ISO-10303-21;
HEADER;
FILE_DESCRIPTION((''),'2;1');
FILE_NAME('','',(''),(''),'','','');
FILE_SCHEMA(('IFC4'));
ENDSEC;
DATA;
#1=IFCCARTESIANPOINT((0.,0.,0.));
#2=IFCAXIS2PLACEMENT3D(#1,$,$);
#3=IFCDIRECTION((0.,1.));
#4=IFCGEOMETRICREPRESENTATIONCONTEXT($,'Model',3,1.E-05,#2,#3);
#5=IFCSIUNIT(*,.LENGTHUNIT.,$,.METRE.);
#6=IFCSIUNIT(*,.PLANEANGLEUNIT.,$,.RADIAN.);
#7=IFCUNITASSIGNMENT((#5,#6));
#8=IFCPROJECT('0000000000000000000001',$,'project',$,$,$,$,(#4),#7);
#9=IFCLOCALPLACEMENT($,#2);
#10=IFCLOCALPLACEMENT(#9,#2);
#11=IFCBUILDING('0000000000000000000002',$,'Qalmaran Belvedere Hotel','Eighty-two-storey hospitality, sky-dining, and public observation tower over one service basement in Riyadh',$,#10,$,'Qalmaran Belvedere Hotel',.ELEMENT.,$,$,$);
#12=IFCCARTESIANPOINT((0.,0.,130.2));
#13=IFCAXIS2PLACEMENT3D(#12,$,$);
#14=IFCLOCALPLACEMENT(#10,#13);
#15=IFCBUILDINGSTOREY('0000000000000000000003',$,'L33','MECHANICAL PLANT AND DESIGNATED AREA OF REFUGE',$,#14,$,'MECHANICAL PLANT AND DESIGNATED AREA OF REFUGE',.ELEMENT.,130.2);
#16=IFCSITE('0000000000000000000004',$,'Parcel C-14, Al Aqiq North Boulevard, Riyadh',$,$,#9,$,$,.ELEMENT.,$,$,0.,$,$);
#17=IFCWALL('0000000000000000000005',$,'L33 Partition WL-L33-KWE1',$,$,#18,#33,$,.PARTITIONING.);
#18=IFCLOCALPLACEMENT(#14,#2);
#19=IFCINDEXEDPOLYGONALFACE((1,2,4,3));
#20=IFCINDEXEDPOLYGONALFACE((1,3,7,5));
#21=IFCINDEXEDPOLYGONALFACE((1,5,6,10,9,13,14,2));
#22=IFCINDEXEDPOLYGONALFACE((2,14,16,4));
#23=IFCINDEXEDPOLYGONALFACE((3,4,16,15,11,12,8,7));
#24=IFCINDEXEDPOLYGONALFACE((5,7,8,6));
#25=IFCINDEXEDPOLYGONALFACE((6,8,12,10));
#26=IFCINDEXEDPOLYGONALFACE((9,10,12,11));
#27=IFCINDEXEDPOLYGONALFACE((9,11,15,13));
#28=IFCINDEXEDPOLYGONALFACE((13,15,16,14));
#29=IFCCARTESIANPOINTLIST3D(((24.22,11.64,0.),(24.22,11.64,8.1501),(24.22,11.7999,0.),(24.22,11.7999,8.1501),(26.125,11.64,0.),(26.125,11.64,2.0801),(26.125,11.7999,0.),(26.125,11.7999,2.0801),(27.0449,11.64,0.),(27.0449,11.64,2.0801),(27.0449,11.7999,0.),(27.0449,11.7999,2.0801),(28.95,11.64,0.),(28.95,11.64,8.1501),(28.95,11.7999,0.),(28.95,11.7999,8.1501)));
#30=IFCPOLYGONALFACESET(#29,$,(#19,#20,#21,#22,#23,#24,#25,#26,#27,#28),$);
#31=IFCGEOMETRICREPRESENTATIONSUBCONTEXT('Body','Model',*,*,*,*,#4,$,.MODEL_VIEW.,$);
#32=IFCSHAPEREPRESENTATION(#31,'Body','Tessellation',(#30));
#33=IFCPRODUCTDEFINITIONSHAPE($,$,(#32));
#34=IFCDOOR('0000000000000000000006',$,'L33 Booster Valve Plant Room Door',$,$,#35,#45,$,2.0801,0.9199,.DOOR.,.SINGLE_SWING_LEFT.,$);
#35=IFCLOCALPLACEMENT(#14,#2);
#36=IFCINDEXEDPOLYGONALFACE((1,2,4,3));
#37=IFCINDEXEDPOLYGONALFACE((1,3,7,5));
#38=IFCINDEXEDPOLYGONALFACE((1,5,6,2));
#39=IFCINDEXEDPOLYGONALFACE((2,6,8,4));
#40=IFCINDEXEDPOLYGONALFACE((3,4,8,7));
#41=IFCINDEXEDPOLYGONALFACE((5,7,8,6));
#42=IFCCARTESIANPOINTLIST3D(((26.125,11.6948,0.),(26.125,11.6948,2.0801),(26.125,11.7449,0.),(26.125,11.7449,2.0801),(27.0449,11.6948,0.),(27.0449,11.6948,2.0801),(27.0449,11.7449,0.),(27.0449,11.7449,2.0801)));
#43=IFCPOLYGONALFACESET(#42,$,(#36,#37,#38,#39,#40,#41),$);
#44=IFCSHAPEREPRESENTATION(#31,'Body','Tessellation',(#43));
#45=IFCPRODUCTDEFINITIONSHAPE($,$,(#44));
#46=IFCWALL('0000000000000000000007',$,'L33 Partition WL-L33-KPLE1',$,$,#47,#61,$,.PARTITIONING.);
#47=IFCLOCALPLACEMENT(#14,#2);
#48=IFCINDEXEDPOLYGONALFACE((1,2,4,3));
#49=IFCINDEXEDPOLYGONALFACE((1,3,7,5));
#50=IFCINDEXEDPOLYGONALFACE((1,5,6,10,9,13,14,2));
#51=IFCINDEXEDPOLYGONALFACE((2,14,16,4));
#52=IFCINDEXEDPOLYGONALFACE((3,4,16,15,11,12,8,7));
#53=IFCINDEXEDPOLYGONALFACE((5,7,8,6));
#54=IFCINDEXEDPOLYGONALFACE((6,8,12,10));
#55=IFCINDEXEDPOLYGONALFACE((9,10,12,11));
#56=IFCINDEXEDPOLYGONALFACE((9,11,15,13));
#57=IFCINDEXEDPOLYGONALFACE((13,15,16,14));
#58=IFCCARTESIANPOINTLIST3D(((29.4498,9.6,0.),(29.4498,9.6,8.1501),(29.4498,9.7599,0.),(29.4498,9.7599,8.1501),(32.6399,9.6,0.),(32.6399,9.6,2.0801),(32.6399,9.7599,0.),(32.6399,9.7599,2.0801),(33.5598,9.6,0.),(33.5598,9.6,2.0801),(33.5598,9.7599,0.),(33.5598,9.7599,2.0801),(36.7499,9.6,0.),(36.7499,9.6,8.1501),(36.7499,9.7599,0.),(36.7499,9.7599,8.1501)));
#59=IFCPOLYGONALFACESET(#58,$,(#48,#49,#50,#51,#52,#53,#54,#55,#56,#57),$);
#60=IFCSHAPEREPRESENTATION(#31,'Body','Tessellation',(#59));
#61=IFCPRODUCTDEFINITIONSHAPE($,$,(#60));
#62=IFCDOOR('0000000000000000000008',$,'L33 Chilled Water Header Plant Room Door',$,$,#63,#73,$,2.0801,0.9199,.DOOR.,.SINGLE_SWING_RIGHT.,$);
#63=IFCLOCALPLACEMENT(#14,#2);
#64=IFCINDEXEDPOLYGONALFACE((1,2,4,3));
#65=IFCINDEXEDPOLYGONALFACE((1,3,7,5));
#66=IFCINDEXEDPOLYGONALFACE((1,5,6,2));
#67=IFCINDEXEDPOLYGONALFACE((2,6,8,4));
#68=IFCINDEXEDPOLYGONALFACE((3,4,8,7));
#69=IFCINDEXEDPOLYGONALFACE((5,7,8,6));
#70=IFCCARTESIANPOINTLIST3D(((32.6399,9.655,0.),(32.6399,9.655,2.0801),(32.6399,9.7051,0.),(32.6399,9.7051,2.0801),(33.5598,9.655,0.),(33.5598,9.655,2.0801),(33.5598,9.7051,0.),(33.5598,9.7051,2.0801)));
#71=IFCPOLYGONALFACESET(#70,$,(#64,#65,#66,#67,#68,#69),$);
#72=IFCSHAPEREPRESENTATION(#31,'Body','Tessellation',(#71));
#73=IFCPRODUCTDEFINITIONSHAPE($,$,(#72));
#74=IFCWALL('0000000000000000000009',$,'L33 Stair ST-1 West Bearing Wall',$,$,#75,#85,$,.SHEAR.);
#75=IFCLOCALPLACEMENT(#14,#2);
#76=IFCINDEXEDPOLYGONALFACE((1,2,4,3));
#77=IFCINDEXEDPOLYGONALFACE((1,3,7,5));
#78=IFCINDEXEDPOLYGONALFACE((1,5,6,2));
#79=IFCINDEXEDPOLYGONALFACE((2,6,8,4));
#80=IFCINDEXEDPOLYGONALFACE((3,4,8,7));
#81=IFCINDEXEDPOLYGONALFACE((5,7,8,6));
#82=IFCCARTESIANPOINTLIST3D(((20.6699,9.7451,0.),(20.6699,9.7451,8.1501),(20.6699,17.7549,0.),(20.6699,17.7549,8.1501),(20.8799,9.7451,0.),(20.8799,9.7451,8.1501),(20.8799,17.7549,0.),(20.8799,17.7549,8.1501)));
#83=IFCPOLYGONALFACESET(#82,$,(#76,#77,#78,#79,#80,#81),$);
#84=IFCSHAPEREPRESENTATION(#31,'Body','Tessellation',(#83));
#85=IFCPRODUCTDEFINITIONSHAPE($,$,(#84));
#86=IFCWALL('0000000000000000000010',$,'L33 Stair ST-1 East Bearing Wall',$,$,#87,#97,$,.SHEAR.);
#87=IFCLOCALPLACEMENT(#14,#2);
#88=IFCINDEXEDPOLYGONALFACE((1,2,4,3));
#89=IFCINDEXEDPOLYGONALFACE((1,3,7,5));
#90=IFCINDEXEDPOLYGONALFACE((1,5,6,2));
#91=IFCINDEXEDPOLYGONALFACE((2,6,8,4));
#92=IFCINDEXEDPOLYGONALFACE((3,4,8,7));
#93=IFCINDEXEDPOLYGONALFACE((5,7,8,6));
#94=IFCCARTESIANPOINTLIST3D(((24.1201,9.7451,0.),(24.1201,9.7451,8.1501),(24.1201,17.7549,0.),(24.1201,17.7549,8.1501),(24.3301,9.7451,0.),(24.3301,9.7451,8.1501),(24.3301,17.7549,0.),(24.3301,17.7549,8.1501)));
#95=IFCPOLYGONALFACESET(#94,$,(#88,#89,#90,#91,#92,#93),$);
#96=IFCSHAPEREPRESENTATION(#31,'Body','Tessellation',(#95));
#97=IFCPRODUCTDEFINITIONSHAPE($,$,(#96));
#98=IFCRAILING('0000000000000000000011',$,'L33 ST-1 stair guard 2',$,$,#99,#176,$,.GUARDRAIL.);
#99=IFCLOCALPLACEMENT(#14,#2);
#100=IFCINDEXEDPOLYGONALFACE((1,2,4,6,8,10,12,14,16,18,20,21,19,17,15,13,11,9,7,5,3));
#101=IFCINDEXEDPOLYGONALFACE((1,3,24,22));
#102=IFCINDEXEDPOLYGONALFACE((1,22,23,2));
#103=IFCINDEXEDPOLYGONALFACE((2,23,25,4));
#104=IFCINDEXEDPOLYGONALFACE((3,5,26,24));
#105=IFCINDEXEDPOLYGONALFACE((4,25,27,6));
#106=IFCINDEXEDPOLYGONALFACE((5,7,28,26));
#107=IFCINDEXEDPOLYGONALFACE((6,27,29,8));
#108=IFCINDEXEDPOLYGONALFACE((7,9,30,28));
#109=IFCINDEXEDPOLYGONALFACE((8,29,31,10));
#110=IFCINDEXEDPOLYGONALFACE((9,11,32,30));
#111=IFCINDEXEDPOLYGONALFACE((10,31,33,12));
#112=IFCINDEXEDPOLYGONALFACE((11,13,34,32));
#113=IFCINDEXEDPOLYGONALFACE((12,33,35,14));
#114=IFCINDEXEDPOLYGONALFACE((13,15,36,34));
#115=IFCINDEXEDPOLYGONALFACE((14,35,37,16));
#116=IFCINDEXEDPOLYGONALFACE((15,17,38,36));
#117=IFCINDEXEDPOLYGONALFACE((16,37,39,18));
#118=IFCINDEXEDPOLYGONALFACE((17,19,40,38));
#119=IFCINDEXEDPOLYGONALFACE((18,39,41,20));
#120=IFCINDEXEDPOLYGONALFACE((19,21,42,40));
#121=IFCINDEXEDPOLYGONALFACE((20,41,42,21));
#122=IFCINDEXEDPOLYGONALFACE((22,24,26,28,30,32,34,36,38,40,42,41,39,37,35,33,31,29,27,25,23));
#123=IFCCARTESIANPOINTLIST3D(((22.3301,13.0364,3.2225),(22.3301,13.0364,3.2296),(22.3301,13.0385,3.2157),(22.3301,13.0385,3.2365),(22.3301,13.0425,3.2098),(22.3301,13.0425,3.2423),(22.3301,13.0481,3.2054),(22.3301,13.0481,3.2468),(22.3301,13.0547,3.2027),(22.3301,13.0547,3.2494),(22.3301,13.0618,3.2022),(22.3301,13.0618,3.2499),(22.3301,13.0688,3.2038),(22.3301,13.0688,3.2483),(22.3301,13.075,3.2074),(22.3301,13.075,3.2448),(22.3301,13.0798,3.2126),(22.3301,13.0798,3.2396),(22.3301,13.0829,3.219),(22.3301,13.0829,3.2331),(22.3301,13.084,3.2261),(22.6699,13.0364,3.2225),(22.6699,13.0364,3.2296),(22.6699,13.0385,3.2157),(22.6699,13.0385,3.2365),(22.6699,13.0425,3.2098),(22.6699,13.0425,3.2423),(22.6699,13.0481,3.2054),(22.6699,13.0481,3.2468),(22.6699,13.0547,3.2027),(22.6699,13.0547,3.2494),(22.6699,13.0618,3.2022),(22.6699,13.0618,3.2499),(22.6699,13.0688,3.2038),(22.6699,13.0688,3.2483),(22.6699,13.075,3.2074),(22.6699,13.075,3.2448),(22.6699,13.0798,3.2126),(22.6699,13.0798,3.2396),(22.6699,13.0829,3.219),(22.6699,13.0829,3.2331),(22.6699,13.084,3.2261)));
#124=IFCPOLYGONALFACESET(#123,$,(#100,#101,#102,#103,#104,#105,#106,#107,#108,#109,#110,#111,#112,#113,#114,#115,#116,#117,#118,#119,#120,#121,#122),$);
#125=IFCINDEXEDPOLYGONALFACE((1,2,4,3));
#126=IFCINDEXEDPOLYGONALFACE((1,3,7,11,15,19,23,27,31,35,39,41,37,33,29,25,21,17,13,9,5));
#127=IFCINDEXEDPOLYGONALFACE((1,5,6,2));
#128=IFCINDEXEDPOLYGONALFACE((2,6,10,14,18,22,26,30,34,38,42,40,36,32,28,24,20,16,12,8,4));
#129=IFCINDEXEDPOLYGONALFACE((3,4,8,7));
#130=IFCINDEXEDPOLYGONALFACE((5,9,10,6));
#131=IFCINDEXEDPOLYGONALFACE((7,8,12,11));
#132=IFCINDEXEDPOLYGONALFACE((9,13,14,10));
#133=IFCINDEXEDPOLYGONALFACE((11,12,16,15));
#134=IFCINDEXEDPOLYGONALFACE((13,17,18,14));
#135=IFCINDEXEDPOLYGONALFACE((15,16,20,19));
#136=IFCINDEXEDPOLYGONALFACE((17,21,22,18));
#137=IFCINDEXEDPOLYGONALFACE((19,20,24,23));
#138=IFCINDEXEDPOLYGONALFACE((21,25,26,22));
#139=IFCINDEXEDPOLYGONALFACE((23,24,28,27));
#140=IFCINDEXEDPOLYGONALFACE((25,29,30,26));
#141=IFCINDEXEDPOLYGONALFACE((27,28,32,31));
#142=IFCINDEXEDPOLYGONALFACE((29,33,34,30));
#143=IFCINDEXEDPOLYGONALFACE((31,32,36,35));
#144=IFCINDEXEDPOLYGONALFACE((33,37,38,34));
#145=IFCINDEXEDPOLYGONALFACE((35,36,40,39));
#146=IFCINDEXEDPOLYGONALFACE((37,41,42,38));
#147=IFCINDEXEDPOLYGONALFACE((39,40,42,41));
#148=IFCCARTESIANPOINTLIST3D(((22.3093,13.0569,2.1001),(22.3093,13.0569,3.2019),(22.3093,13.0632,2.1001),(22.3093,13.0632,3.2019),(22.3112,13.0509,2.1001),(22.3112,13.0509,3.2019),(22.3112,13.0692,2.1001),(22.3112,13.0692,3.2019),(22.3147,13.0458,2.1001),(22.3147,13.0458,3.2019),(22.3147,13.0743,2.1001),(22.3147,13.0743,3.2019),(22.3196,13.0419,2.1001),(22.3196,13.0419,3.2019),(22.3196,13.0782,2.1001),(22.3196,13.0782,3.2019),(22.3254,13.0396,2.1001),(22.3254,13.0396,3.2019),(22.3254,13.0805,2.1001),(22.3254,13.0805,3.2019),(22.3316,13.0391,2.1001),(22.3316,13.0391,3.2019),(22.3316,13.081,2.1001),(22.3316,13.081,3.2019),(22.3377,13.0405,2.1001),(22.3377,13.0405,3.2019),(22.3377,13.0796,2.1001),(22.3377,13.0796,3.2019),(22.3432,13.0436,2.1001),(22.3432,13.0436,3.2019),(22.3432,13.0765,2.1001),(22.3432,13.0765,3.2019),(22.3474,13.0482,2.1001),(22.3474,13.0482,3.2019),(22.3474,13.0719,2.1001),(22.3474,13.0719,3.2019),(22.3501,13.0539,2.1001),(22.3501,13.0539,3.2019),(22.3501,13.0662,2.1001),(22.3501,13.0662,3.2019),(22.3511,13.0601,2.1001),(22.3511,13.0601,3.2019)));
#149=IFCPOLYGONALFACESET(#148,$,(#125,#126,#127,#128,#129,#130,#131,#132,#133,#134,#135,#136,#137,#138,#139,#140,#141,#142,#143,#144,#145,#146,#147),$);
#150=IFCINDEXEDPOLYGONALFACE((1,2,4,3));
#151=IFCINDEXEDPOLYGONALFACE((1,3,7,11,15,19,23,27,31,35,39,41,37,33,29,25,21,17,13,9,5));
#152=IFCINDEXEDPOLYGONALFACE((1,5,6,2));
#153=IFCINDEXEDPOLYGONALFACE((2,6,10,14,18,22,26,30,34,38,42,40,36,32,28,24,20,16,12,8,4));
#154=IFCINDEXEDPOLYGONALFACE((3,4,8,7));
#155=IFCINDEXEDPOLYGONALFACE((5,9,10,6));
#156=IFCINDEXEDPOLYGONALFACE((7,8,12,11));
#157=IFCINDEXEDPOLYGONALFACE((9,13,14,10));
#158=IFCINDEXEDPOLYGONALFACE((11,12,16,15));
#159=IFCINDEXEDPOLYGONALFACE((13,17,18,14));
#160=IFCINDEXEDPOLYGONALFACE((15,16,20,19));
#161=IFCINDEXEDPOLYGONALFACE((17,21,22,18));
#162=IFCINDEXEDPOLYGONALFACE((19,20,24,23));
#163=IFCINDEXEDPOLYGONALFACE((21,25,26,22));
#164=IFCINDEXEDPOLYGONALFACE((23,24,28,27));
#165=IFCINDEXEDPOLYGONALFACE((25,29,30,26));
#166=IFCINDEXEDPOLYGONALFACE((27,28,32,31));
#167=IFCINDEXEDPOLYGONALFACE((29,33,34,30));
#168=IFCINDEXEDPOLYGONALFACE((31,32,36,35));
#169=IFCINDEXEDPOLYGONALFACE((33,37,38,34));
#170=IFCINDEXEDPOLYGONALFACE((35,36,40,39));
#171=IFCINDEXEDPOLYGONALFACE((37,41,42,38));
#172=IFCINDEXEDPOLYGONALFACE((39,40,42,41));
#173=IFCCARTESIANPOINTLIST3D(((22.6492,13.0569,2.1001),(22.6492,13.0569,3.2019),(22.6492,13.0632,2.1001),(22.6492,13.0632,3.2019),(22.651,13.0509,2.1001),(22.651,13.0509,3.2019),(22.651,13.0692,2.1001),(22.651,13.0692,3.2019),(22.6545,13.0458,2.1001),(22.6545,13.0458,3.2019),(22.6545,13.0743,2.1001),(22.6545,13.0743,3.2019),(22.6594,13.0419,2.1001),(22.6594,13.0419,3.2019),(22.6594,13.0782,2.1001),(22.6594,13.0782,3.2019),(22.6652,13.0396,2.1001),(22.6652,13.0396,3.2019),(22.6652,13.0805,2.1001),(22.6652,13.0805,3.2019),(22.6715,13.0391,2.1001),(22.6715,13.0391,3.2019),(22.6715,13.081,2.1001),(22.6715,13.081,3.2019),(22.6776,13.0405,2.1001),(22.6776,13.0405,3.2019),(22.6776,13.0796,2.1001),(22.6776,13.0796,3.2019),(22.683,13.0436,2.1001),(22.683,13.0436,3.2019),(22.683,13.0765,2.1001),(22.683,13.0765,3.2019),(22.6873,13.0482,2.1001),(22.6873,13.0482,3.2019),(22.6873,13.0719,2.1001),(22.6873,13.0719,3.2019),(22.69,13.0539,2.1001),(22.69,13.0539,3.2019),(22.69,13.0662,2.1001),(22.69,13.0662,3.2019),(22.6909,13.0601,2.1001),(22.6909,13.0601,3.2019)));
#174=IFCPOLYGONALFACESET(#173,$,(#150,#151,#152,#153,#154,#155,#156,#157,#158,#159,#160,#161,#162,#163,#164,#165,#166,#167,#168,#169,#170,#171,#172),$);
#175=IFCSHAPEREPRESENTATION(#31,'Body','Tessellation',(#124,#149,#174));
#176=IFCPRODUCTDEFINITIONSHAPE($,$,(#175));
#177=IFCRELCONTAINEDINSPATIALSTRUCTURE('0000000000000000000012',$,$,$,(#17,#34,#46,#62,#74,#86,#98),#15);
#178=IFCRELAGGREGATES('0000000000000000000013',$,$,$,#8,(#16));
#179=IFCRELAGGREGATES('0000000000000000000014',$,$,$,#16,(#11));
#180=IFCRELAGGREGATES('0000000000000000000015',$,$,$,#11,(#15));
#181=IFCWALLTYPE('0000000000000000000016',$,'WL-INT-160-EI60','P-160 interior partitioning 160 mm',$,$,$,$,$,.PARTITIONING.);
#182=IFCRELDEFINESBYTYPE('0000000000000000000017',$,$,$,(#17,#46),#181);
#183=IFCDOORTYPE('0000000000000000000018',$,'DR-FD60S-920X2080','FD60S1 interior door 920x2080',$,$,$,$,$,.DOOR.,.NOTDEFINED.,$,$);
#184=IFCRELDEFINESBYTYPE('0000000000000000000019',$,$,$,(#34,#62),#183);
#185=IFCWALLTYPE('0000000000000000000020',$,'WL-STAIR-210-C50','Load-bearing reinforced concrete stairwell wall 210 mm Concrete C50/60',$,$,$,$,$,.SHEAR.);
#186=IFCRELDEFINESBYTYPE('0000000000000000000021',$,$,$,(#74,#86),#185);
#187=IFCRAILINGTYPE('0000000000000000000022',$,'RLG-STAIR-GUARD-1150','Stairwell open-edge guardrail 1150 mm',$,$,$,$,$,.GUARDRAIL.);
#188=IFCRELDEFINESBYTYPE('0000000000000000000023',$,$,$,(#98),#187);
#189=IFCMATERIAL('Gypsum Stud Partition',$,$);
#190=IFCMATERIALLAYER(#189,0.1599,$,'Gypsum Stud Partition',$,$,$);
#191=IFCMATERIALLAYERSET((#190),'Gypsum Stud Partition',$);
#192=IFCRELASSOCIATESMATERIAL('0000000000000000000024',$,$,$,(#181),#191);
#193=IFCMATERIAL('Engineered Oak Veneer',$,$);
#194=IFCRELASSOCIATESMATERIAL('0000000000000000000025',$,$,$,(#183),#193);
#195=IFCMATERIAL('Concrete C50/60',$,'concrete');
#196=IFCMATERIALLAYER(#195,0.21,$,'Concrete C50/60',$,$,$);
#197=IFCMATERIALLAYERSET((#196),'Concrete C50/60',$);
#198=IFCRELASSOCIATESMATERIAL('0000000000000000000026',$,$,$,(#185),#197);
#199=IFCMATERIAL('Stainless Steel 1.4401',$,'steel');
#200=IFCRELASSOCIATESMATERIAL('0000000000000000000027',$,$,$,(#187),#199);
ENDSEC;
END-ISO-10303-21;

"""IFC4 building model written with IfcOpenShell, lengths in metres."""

from ifc_helpers import new_model, si_unit, direction, frame, frame_2d, origin, origin_2d, place, context, subcontext, project, spatial, rectangle, circle, extrude, material, layer, layer_set, type_object, element, fill, save


model = new_model("IFC4")

# Units and contexts
model_context = context("Model", 3, precision=1e-05, world=origin(), true_north=direction((0.0, 1.0)))
body_context = subcontext(model_context, "Body", "Model", "MODEL_VIEW")
ifc_project = project(units=[si_unit("LENGTHUNIT", "METRE"), si_unit("PLANEANGLEUNIT", "RADIAN")], contexts=[model_context])

# Site, building, storey
site_placement = place(None, origin())
site = spatial("IfcSite", under=ifc_project, at=site_placement, Name="Parcel C-14, Al Aqiq North Boulevard, Riyadh", CompositionType="ELEMENT", RefElevation=0.0)
building_placement = place(site_placement, origin())
building = spatial("IfcBuilding", under=site, at=building_placement, Name="Qalmaran Belvedere Hotel", Description="Eighty-two-storey hospitality, sky-dining, and public observation tower over one service basement in Riyadh", LongName="Qalmaran Belvedere Hotel", CompositionType="ELEMENT")
storey_placement = place(building_placement, frame((0.0, 0.0, 130.2)))
storey = spatial("IfcBuildingStorey", under=building, at=storey_placement, Name="L33", Description="MECHANICAL PLANT AND DESIGNATED AREA OF REFUGE", LongName="MECHANICAL PLANT AND DESIGNATED AREA OF REFUGE", CompositionType="ELEMENT", Elevation=130.2)

# Shared definitions
ifc_material_1 = material(Name="Gypsum Stud Partition")

# Walls, openings, doors
ifc_layer_1 = layer(ifc_material_1, 0.1599, Name="Gypsum Stud Partition")
ifc_layer_set_1 = layer_set([ifc_layer_1], Name="Gypsum Stud Partition")
wall_type_1 = type_object("IfcWallType", Name="WL-INT-160-EI60", Description="P-160 interior partitioning 160 mm", PredefinedType="PARTITIONING", material=ifc_layer_set_1)
wall_1_placement = place(storey_placement, frame((24.22, 11.72, 0.0), z_axis=(0.0, 0.0, 1.0), x_axis=(1.0, 0.0, 0.0)))
wall_1 = element("IfcWall", 1, at=wall_1_placement, inside=storey, type_object=wall_type_1, Name="L33 Partition WL-L33-KWE1", PredefinedType="PARTITIONING", context=body_context, shape_type="SweptSolid", body=[
    extrude(rectangle(XDim=4.73, YDim=0.1599, at=frame_2d((2.365, 0.0))), origin(), (0.0, 0.0, 1.0), 8.1501),
])
opening_1_placement = place(wall_1_placement, frame((1.905, 0.0, 0.0)))
opening_1 = element("IfcOpeningElement", 2, at=opening_1_placement, cuts=wall_1, PredefinedType="OPENING", context=body_context, shape_type="SweptSolid", body=[
    extrude(rectangle(XDim=0.9199, YDim=2.0801, at=frame_2d((0.46, 1.04))), frame((0.0, 0.0898, 0.0), z_axis=(0.0, -1.0, 0.0), x_axis=(1.0, 0.0, 0.0)), (0.0, 0.0, 1.0), 0.1799),
])
ifc_material_2 = material(Name="Engineered Oak Veneer")
door_type_1 = type_object("IfcDoorType", Name="DR-FD60S-920X2080", Description="FD60S1 interior door 920x2080", OperationType="NOTDEFINED", PredefinedType="DOOR", material=ifc_material_2)
door_1_placement = place(opening_1_placement, origin())
door_1 = element("IfcDoor", 3, at=door_1_placement, inside=storey, type_object=door_type_1, Name="L33 Booster Valve Plant Room Door", OperationType="SINGLE_SWING_LEFT", OverallHeight=2.0801, OverallWidth=0.9199, PredefinedType="DOOR", context=body_context, shape_type="SweptSolid", body=[
    extrude(rectangle(XDim=0.9199, YDim=2.0801, at=frame_2d((0.46, 1.04))), frame((0.0, 0.0249, 0.0), z_axis=(0.0, -1.0, 0.0), x_axis=(1.0, 0.0, 0.0)), (0.0, 0.0, 1.0), 0.05),
])
fill(opening_1, door_1)
wall_2_placement = place(storey_placement, frame((29.45, 9.6799, 0.0), z_axis=(0.0, 0.0, 1.0), x_axis=(1.0, 0.0, 0.0)))
wall_2 = element("IfcWall", 4, at=wall_2_placement, inside=storey, type_object=wall_type_1, Name="L33 Partition WL-L33-KPLE1", PredefinedType="PARTITIONING", context=body_context, shape_type="SweptSolid", body=[
    extrude(rectangle(XDim=7.3, YDim=0.1599, at=frame_2d((3.6499, 0.0))), origin(), (0.0, 0.0, 1.0), 8.1501),
])
opening_2_placement = place(wall_2_placement, frame((4.1099, 0.0, 0.0), z_axis=(0.0, 0.0, 1.0), x_axis=(-1.0, 0.0, 0.0)))
opening_2 = element("IfcOpeningElement", 5, at=opening_2_placement, cuts=wall_2, PredefinedType="OPENING", context=body_context, shape_type="SweptSolid", body=[
    extrude(rectangle(XDim=0.9199, YDim=2.0801, at=frame_2d((0.46, 1.04))), frame((0.0, 0.0898, 0.0), z_axis=(0.0, -1.0, 0.0), x_axis=(1.0, 0.0, 0.0)), (0.0, 0.0, 1.0), 0.1799),
])
door_2_placement = place(opening_2_placement, origin())
door_2 = element("IfcDoor", 6, at=door_2_placement, inside=storey, type_object=door_type_1, Name="L33 Chilled Water Header Plant Room Door", OperationType="SINGLE_SWING_RIGHT", OverallHeight=2.0801, OverallWidth=0.9199, PredefinedType="DOOR", context=body_context, shape_type="SweptSolid", body=[
    extrude(rectangle(XDim=0.9199, YDim=2.0801, at=frame_2d((0.46, 1.04))), frame((0.0, 0.0249, 0.0), z_axis=(0.0, -1.0, 0.0), x_axis=(1.0, 0.0, 0.0)), (0.0, 0.0, 1.0), 0.05),
])
fill(opening_2, door_2)

# Walls
ifc_material_3 = material(Name="Concrete C50/60", Category="concrete")
ifc_layer_2 = layer(ifc_material_3, 0.21, Name="Concrete C50/60")
ifc_layer_set_2 = layer_set([ifc_layer_2], Name="Concrete C50/60")
wall_type_2 = type_object("IfcWallType", Name="WL-STAIR-210-C50", Description="Load-bearing reinforced concrete stairwell wall 210 mm Concrete C50/60", PredefinedType="SHEAR", material=ifc_layer_set_2)
for number, where, z_axis, x_axis, name in (
    (7, (20.7749, 9.7451, 0.0), (0.0, 0.0, 1.0), (0.0, 1.0, 0.0), "L33 Stair ST-1 West Bearing Wall"),
    (8, (24.2251, 9.7451, 0.0), (0.0, 0.0, 1.0), (0.0, 1.0, 0.0), "L33 Stair ST-1 East Bearing Wall"),
):
    element("IfcWall", number, at=place(storey_placement, frame(where, z_axis=z_axis, x_axis=x_axis)), inside=storey, type_object=wall_type_2, Name=name, PredefinedType="SHEAR", context=body_context, shape_type="SweptSolid", body=[
        extrude(rectangle(XDim=8.0098, YDim=0.21, at=frame_2d((4.0049, 0.0))), origin(), (0.0, 0.0, 1.0), 8.1501),
    ])

# Railing
ifc_material_4 = material(Name="Stainless Steel 1.4401", Category="steel")
railing_type = type_object("IfcRailingType", Name="RLG-STAIR-GUARD-1150", Description="Stairwell open-edge guardrail 1150 mm", PredefinedType="GUARDRAIL", material=ifc_material_4)
railing_1_placement = place(storey_placement, frame((22.3301, 13.0601, 2.1001)))
element("IfcRailing", 9, at=railing_1_placement, inside=storey, type_object=railing_type, Name="L33 ST-1 stair guard 2", PredefinedType="GUARDRAIL", context=body_context, shape_type="SweptSolid", body=[
    extrude(circle(Radius=0.0239, at=origin_2d()), frame((0.0, 0.0, 1.126), z_axis=(1.0, 0.0, 0.0), x_axis=(0.0, 1.0, 0.0)), (0.0, 0.0, 1.0), 0.3398),
    extrude(circle(Radius=0.021, at=origin_2d()), origin(), (0.0, 0.0, 1.0), 1.1018),
    extrude(circle(Radius=0.021, at=origin_2d()), frame((0.3398, 0.0, 0.0)), (0.0, 0.0, 1.0), 1.1018),
])

save(model, "model.ifc")
